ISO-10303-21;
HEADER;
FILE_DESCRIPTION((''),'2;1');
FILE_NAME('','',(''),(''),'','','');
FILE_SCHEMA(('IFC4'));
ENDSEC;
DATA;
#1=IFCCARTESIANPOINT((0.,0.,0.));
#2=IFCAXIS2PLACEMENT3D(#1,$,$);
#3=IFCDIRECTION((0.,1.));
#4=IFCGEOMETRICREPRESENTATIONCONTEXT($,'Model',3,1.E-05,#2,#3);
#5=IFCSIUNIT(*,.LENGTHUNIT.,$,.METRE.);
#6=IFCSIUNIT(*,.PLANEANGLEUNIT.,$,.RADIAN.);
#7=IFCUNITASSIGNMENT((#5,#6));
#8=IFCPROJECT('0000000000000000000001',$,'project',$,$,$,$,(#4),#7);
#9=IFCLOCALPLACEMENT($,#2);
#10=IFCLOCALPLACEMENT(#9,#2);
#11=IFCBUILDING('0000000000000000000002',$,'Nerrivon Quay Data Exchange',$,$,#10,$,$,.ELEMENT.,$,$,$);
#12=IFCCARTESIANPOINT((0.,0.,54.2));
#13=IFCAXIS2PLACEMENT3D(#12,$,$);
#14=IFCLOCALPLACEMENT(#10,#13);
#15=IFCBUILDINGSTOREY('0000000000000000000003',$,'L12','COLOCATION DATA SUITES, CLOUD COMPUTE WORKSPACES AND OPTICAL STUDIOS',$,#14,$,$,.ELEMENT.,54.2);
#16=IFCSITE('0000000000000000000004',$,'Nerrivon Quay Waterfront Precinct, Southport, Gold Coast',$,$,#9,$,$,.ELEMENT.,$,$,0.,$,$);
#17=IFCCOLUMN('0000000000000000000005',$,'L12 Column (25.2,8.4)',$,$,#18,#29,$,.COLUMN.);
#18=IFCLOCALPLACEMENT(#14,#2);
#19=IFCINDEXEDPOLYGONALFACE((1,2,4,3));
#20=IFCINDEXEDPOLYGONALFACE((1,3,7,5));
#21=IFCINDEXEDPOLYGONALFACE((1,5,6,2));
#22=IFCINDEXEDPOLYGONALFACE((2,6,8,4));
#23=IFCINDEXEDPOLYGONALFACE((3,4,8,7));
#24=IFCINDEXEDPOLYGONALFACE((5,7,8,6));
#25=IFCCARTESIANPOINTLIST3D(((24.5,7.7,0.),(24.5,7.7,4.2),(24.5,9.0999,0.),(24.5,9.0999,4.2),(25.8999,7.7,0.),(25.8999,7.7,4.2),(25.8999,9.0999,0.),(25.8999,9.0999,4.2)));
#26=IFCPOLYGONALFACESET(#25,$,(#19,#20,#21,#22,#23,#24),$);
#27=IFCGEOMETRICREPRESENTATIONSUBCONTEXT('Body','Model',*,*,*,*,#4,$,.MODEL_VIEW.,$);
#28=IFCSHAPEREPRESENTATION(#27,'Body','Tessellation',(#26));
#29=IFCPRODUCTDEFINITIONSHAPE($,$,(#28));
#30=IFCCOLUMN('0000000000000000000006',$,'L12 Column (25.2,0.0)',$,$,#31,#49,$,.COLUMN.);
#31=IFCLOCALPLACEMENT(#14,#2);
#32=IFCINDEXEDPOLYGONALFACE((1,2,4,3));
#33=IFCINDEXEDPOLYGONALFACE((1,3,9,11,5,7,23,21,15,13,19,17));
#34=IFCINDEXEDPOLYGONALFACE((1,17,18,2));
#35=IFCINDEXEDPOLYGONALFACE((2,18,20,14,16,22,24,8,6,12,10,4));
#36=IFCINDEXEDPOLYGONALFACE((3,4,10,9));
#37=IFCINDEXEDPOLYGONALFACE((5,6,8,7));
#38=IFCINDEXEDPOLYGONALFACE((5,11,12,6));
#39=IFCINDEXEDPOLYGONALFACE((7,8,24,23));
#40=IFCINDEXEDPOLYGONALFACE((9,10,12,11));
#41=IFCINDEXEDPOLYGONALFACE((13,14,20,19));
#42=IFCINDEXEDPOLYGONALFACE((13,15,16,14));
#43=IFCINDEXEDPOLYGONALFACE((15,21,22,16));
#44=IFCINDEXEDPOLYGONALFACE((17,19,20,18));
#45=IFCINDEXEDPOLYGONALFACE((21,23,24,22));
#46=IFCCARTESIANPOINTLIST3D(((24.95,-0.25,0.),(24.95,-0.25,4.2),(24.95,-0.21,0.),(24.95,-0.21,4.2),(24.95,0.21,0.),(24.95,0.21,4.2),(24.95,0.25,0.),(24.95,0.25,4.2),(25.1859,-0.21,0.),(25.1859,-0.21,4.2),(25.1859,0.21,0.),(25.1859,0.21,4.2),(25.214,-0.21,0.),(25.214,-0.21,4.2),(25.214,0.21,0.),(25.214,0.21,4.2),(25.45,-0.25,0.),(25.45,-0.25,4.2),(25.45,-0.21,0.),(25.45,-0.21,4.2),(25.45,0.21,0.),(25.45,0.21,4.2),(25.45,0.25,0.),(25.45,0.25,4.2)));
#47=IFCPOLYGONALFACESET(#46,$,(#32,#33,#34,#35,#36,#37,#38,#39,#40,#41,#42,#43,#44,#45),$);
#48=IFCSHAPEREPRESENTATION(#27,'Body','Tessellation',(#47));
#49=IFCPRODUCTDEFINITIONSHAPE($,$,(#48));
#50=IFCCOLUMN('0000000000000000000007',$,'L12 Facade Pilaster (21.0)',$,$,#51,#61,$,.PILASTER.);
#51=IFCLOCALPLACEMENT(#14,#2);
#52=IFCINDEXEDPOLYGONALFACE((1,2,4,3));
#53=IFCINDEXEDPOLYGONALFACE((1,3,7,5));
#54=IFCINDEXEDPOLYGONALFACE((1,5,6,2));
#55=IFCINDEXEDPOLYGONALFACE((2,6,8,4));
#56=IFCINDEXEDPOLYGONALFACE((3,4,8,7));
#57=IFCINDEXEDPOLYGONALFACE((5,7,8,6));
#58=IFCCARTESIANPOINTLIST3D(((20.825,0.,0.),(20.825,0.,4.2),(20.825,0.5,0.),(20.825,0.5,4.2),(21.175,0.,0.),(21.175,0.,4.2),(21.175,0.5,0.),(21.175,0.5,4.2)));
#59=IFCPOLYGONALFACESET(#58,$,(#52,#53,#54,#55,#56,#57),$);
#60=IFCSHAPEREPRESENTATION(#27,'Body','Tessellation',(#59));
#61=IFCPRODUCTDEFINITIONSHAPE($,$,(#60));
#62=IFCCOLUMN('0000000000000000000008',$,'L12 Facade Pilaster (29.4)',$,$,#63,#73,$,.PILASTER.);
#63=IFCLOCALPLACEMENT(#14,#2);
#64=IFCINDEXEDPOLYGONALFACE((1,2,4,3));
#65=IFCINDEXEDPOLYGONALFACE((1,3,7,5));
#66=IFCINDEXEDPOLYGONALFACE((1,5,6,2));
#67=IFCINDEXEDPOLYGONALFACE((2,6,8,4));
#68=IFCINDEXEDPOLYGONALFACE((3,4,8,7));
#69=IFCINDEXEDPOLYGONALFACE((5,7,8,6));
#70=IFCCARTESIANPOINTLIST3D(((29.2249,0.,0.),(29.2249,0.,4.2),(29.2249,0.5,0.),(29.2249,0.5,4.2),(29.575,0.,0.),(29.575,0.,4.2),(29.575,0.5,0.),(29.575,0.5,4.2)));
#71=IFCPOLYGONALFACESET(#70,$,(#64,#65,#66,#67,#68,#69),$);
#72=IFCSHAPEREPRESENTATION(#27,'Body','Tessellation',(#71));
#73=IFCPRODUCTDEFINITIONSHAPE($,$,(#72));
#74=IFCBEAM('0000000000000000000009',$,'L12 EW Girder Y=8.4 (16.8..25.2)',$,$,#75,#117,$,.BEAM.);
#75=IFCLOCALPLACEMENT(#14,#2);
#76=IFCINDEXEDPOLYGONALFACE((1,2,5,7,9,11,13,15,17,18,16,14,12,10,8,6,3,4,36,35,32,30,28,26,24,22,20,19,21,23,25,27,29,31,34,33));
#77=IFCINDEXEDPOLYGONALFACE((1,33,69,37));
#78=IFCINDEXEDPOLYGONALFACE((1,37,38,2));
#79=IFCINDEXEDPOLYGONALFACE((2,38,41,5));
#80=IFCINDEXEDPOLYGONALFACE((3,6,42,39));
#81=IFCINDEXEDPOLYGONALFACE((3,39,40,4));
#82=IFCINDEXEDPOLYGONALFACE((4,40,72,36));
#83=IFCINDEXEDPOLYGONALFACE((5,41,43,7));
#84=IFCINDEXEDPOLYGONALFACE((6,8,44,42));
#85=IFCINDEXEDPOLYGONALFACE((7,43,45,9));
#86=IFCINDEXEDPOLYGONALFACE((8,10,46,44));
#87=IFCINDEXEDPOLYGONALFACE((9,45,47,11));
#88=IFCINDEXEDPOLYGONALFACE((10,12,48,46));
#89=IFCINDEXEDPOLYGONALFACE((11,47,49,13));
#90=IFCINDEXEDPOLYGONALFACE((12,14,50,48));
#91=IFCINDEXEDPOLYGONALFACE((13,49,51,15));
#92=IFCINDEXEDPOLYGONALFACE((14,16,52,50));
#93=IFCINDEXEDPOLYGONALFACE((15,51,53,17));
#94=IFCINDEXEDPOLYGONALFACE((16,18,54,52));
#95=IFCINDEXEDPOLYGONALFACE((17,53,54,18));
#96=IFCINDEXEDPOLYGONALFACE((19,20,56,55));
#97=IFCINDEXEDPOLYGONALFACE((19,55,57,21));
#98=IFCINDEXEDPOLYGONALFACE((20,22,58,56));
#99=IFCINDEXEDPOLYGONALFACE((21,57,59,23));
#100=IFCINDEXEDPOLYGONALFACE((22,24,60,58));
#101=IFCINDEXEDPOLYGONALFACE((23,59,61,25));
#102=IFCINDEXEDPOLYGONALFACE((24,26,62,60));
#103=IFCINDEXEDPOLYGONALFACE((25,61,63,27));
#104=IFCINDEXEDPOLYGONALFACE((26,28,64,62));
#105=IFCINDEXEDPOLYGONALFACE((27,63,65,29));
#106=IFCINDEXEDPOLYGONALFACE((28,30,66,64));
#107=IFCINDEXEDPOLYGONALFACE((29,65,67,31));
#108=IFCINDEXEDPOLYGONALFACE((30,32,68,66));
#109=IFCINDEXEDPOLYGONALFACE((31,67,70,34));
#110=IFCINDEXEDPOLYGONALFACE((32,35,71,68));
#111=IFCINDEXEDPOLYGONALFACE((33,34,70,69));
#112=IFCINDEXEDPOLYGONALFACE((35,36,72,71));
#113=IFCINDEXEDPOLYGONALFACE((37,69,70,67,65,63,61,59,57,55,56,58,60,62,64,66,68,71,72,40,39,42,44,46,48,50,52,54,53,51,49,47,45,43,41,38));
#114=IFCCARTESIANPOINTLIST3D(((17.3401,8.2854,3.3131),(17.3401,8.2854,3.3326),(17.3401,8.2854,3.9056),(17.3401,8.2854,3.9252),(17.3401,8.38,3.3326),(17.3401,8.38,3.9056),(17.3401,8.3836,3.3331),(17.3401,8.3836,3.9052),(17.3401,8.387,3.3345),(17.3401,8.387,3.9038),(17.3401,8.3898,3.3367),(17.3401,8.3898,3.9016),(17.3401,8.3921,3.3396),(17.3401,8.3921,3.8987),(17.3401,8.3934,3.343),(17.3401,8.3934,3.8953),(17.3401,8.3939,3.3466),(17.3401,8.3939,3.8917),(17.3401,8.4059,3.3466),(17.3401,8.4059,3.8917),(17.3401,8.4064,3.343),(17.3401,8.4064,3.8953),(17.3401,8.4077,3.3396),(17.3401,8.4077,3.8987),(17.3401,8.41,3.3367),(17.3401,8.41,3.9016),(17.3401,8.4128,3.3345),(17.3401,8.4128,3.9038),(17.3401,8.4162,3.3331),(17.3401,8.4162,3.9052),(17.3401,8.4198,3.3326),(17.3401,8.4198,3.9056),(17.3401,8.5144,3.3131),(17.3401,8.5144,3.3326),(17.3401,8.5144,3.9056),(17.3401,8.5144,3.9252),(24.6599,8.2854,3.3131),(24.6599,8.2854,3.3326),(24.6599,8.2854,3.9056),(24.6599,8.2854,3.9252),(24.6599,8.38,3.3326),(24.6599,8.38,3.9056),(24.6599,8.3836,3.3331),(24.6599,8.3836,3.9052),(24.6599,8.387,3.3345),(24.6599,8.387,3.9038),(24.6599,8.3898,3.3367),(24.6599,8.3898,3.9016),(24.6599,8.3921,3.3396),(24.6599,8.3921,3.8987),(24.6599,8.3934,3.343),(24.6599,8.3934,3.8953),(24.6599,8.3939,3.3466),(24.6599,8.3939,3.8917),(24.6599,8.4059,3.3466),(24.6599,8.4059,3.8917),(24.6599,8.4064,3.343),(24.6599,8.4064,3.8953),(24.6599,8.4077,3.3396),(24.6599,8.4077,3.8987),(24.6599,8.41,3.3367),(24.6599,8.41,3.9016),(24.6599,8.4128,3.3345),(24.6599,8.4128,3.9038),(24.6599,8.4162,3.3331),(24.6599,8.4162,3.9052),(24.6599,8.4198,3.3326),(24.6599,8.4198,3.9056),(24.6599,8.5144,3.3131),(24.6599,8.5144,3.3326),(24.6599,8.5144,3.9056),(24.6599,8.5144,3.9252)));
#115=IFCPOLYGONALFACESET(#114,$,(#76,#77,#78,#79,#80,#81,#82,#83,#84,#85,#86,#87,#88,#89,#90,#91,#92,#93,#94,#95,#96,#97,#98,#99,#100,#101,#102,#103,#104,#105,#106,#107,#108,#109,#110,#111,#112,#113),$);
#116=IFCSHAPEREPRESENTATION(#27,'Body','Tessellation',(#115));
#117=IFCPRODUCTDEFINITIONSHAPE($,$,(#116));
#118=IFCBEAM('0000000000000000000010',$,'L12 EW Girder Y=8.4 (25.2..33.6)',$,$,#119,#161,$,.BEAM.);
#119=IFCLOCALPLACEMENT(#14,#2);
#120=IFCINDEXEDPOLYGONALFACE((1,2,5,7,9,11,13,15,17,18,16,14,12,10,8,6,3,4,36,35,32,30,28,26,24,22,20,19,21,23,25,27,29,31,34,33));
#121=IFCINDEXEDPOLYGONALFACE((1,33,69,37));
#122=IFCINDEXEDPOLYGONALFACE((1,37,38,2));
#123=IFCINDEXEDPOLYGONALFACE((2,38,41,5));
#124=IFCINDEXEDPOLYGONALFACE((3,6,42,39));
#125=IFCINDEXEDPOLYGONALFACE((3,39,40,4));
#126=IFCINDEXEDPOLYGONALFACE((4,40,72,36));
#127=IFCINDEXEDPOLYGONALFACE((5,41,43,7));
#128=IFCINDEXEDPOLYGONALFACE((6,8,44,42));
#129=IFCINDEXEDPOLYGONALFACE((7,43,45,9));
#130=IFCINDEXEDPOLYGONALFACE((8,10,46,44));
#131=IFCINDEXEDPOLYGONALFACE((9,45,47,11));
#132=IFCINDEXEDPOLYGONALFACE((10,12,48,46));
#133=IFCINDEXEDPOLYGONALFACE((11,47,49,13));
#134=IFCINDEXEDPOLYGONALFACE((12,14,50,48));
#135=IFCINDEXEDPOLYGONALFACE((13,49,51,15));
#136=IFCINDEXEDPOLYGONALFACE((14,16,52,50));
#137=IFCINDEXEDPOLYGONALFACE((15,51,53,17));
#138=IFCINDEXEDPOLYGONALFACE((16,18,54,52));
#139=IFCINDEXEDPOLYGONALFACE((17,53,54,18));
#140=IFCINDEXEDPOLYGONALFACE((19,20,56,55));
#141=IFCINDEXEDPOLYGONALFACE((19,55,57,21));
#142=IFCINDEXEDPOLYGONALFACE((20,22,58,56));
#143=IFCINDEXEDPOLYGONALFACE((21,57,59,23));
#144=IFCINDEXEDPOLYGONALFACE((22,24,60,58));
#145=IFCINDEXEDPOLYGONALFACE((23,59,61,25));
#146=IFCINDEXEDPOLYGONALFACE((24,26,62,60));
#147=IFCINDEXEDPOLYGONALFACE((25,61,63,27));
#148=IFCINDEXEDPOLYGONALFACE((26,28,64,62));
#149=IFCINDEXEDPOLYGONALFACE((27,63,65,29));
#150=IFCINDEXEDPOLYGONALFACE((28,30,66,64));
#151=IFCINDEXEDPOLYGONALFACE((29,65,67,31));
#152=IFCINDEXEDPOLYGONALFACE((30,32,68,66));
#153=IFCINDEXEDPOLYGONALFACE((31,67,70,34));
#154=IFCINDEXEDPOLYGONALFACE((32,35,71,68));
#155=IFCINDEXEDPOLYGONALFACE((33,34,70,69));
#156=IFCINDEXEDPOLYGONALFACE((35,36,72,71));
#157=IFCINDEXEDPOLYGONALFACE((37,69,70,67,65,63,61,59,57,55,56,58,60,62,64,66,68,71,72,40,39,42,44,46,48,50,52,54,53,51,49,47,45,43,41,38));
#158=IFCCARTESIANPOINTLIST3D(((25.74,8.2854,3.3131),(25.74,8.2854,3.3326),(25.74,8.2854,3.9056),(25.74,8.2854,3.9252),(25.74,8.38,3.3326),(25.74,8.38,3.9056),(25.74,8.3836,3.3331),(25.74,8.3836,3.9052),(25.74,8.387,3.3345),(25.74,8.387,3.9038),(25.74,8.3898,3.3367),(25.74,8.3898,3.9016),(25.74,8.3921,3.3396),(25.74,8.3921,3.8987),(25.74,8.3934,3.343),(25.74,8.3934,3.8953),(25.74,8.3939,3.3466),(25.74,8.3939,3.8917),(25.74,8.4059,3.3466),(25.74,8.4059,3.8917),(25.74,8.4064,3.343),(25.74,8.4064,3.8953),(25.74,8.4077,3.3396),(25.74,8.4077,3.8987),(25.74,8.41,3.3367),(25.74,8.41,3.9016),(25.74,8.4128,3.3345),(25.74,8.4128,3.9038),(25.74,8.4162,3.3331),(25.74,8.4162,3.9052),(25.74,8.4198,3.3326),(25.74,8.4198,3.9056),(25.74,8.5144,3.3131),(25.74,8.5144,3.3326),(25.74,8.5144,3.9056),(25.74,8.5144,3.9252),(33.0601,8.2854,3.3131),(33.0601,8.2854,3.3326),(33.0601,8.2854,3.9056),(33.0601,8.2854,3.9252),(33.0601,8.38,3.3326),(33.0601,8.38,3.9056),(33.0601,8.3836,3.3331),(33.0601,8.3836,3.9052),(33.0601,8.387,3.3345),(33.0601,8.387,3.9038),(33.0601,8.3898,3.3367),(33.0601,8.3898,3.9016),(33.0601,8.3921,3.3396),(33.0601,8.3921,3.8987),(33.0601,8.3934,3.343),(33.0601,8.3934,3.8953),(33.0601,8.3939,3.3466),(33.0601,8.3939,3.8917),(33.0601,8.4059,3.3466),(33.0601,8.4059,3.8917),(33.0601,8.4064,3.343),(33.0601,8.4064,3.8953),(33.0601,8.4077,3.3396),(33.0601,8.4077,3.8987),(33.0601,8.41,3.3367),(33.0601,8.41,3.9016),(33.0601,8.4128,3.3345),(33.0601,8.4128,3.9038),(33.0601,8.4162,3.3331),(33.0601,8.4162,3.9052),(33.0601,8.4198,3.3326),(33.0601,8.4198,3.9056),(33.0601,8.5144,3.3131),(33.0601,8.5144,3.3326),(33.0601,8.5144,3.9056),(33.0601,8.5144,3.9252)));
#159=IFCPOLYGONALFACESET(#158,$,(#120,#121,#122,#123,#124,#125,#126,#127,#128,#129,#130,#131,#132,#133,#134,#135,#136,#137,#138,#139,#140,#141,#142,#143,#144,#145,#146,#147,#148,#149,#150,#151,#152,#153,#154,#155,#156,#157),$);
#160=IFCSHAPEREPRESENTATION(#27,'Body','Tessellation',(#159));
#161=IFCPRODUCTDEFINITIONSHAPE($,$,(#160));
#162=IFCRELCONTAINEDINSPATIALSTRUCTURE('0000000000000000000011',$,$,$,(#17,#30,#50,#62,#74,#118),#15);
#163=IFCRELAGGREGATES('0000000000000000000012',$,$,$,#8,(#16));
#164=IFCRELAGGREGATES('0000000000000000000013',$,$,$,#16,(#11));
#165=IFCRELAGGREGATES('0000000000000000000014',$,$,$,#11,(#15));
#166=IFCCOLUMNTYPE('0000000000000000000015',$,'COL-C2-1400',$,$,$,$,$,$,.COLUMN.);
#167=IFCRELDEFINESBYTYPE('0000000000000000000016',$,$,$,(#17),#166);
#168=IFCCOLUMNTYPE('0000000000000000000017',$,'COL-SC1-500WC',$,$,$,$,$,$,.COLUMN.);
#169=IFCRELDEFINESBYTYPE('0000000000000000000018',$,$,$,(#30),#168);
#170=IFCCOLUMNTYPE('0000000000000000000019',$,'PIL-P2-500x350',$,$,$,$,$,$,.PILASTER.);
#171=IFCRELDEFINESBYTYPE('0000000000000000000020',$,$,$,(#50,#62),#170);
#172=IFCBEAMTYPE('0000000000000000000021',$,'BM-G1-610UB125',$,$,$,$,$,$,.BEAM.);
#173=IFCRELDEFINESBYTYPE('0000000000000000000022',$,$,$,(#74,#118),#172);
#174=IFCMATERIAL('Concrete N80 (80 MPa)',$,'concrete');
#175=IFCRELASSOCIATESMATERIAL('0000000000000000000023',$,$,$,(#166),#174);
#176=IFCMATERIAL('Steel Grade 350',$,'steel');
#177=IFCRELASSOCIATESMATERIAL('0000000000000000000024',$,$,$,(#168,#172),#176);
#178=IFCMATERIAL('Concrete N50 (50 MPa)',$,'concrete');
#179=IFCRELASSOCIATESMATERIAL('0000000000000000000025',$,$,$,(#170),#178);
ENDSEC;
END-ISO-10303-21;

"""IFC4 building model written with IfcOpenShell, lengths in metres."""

from ifc_helpers import new_model, si_unit, direction, frame, origin, origin_2d, place, context, subcontext, project, spatial, rectangle, i_section, extrude, material, material_profile, profile_set, type_object, element, save


model = new_model("IFC4")

# Units and contexts
model_context = context("Model", 3, precision=1e-05, world=origin(), true_north=direction((0.0, 1.0)))
body_context = subcontext(model_context, "Body", "Model", "MODEL_VIEW")
ifc_project = project(units=[si_unit("LENGTHUNIT", "METRE"), si_unit("PLANEANGLEUNIT", "RADIAN")], contexts=[model_context])

# Site, building, storey
site_placement = place(None, origin())
site = spatial("IfcSite", under=ifc_project, at=site_placement, Name="Nerrivon Quay Waterfront Precinct, Southport, Gold Coast", CompositionType="ELEMENT", RefElevation=0.0)
building_placement = place(site_placement, origin())
building = spatial("IfcBuilding", under=site, at=building_placement, Name="Nerrivon Quay Data Exchange", CompositionType="ELEMENT")
storey_placement = place(building_placement, frame((0.0, 0.0, 54.2)))
storey = spatial("IfcBuildingStorey", under=building, at=storey_placement, Name="L12", Description="COLOCATION DATA SUITES, CLOUD COMPUTE WORKSPACES AND OPTICAL STUDIOS", CompositionType="ELEMENT", Elevation=54.2)

# Columns
ifc_material_1 = material(Name="Concrete N80 (80 MPa)", Category="concrete")
ifc_material_profile_1 = material_profile(ifc_material_1, rectangle(XDim=1.3999, YDim=1.3999, at=origin_2d()), Name="RC-COL-1400x1400")
ifc_profile_set_1 = profile_set([ifc_material_profile_1], Name="Concrete N80 (80 MPa)")
column_type_1 = type_object("IfcColumnType", Name="COL-C2-1400", PredefinedType="COLUMN", material=ifc_profile_set_1)
column_1_placement = place(storey_placement, frame((25.2, 8.3999, 0.0), z_axis=(0.0, 0.0, 1.0), x_axis=(1.0, 0.0, 0.0)))
element("IfcColumn", 1, at=column_1_placement, inside=storey, type_object=column_type_1, Name="L12 Column (25.2,8.4)", PredefinedType="COLUMN", context=body_context, shape_type="SweptSolid", body=[
    extrude(rectangle(XDim=1.3999, YDim=1.3999, at=origin_2d()), origin(), (0.0, 0.0, 1.0), 4.2),
])
ifc_material_2 = material(Name="Steel Grade 350", Category="steel")
ifc_material_profile_2 = material_profile(ifc_material_2, i_section(OverallWidth=0.5, OverallDepth=0.5, WebThickness=0.0281, FlangeThickness=0.04, at=origin_2d()), Name="500WC440")
ifc_profile_set_2 = profile_set([ifc_material_profile_2], Name="Steel Grade 350")
column_type_2 = type_object("IfcColumnType", Name="COL-SC1-500WC", PredefinedType="COLUMN", material=ifc_profile_set_2)
column_2_placement = place(storey_placement, frame((25.2, 0.0, 0.0), z_axis=(0.0, 0.0, 1.0), x_axis=(1.0, 0.0, 0.0)))
element("IfcColumn", 2, at=column_2_placement, inside=storey, type_object=column_type_2, Name="L12 Column (25.2,0.0)", PredefinedType="COLUMN", context=body_context, shape_type="SweptSolid", body=[
    extrude(i_section(OverallWidth=0.5, OverallDepth=0.5, WebThickness=0.0281, FlangeThickness=0.04, at=origin_2d()), origin(), (0.0, 0.0, 1.0), 4.2),
])
ifc_material_3 = material(Name="Concrete N50 (50 MPa)", Category="concrete")
ifc_material_profile_3 = material_profile(ifc_material_3, rectangle(XDim=0.3501, YDim=0.5, at=origin_2d()), Name="RC-PIL-500x350")
ifc_profile_set_3 = profile_set([ifc_material_profile_3], Name="Concrete N50 (50 MPa)")
column_type_3 = type_object("IfcColumnType", Name="PIL-P2-500x350", PredefinedType="PILASTER", material=ifc_profile_set_3)
for number, where, z_axis, x_axis, name in (
    (3, (21.0, 0.25, 0.0), (0.0, 0.0, 1.0), (1.0, 0.0, 0.0), "L12 Facade Pilaster (21.0)"),
    (4, (29.3999, 0.25, 0.0), (0.0, 0.0, 1.0), (1.0, 0.0, 0.0), "L12 Facade Pilaster (29.4)"),
):
    element("IfcColumn", number, at=place(storey_placement, frame(where, z_axis=z_axis, x_axis=x_axis)), inside=storey, type_object=column_type_3, Name=name, PredefinedType="PILASTER", context=body_context, shape_type="SweptSolid", body=[
        extrude(rectangle(XDim=0.3501, YDim=0.5, at=origin_2d()), origin(), (0.0, 0.0, 1.0), 4.2),
    ])

# Beams
ifc_material_profile_4 = material_profile(ifc_material_2, i_section(OverallWidth=0.229, OverallDepth=0.6121, WebThickness=0.012, FlangeThickness=0.0195, FilletRadius=0.0139, at=origin_2d()), Name="610UB125")
ifc_profile_set_4 = profile_set([ifc_material_profile_4], Name="Steel Grade 350")
beam_type_1 = type_object("IfcBeamType", Name="BM-G1-610UB125", PredefinedType="BEAM", material=ifc_profile_set_4)
beam_1_placement = place(storey_placement, frame((17.3401, 8.3999, 3.6191), z_axis=(1.0, 0.0, 0.0), x_axis=(0.0, 1.0, 0.0)))
element("IfcBeam", 5, at=beam_1_placement, inside=storey, type_object=beam_type_1, Name="L12 EW Girder Y=8.4 (16.8..25.2)", PredefinedType="BEAM", context=body_context, shape_type="SweptSolid", body=[
    extrude(i_section(OverallWidth=0.229, OverallDepth=0.6121, WebThickness=0.012, FlangeThickness=0.0195, FilletRadius=0.0139, at=origin_2d()), origin(), (0.0, 0.0, 1.0), 7.3198),
])
beam_2_placement = place(storey_placement, frame((25.74, 8.3999, 3.6191), z_axis=(1.0, 0.0, 0.0), x_axis=(0.0, 1.0, 0.0)))
element("IfcBeam", 6, at=beam_2_placement, inside=storey, type_object=beam_type_1, Name="L12 EW Girder Y=8.4 (25.2..33.6)", PredefinedType="BEAM", context=body_context, shape_type="SweptSolid", body=[
    extrude(i_section(OverallWidth=0.229, OverallDepth=0.6121, WebThickness=0.012, FlangeThickness=0.0195, FilletRadius=0.0139, at=origin_2d()), origin(), (0.0, 0.0, 1.0), 7.3201),
])

save(model, "model.ifc")
